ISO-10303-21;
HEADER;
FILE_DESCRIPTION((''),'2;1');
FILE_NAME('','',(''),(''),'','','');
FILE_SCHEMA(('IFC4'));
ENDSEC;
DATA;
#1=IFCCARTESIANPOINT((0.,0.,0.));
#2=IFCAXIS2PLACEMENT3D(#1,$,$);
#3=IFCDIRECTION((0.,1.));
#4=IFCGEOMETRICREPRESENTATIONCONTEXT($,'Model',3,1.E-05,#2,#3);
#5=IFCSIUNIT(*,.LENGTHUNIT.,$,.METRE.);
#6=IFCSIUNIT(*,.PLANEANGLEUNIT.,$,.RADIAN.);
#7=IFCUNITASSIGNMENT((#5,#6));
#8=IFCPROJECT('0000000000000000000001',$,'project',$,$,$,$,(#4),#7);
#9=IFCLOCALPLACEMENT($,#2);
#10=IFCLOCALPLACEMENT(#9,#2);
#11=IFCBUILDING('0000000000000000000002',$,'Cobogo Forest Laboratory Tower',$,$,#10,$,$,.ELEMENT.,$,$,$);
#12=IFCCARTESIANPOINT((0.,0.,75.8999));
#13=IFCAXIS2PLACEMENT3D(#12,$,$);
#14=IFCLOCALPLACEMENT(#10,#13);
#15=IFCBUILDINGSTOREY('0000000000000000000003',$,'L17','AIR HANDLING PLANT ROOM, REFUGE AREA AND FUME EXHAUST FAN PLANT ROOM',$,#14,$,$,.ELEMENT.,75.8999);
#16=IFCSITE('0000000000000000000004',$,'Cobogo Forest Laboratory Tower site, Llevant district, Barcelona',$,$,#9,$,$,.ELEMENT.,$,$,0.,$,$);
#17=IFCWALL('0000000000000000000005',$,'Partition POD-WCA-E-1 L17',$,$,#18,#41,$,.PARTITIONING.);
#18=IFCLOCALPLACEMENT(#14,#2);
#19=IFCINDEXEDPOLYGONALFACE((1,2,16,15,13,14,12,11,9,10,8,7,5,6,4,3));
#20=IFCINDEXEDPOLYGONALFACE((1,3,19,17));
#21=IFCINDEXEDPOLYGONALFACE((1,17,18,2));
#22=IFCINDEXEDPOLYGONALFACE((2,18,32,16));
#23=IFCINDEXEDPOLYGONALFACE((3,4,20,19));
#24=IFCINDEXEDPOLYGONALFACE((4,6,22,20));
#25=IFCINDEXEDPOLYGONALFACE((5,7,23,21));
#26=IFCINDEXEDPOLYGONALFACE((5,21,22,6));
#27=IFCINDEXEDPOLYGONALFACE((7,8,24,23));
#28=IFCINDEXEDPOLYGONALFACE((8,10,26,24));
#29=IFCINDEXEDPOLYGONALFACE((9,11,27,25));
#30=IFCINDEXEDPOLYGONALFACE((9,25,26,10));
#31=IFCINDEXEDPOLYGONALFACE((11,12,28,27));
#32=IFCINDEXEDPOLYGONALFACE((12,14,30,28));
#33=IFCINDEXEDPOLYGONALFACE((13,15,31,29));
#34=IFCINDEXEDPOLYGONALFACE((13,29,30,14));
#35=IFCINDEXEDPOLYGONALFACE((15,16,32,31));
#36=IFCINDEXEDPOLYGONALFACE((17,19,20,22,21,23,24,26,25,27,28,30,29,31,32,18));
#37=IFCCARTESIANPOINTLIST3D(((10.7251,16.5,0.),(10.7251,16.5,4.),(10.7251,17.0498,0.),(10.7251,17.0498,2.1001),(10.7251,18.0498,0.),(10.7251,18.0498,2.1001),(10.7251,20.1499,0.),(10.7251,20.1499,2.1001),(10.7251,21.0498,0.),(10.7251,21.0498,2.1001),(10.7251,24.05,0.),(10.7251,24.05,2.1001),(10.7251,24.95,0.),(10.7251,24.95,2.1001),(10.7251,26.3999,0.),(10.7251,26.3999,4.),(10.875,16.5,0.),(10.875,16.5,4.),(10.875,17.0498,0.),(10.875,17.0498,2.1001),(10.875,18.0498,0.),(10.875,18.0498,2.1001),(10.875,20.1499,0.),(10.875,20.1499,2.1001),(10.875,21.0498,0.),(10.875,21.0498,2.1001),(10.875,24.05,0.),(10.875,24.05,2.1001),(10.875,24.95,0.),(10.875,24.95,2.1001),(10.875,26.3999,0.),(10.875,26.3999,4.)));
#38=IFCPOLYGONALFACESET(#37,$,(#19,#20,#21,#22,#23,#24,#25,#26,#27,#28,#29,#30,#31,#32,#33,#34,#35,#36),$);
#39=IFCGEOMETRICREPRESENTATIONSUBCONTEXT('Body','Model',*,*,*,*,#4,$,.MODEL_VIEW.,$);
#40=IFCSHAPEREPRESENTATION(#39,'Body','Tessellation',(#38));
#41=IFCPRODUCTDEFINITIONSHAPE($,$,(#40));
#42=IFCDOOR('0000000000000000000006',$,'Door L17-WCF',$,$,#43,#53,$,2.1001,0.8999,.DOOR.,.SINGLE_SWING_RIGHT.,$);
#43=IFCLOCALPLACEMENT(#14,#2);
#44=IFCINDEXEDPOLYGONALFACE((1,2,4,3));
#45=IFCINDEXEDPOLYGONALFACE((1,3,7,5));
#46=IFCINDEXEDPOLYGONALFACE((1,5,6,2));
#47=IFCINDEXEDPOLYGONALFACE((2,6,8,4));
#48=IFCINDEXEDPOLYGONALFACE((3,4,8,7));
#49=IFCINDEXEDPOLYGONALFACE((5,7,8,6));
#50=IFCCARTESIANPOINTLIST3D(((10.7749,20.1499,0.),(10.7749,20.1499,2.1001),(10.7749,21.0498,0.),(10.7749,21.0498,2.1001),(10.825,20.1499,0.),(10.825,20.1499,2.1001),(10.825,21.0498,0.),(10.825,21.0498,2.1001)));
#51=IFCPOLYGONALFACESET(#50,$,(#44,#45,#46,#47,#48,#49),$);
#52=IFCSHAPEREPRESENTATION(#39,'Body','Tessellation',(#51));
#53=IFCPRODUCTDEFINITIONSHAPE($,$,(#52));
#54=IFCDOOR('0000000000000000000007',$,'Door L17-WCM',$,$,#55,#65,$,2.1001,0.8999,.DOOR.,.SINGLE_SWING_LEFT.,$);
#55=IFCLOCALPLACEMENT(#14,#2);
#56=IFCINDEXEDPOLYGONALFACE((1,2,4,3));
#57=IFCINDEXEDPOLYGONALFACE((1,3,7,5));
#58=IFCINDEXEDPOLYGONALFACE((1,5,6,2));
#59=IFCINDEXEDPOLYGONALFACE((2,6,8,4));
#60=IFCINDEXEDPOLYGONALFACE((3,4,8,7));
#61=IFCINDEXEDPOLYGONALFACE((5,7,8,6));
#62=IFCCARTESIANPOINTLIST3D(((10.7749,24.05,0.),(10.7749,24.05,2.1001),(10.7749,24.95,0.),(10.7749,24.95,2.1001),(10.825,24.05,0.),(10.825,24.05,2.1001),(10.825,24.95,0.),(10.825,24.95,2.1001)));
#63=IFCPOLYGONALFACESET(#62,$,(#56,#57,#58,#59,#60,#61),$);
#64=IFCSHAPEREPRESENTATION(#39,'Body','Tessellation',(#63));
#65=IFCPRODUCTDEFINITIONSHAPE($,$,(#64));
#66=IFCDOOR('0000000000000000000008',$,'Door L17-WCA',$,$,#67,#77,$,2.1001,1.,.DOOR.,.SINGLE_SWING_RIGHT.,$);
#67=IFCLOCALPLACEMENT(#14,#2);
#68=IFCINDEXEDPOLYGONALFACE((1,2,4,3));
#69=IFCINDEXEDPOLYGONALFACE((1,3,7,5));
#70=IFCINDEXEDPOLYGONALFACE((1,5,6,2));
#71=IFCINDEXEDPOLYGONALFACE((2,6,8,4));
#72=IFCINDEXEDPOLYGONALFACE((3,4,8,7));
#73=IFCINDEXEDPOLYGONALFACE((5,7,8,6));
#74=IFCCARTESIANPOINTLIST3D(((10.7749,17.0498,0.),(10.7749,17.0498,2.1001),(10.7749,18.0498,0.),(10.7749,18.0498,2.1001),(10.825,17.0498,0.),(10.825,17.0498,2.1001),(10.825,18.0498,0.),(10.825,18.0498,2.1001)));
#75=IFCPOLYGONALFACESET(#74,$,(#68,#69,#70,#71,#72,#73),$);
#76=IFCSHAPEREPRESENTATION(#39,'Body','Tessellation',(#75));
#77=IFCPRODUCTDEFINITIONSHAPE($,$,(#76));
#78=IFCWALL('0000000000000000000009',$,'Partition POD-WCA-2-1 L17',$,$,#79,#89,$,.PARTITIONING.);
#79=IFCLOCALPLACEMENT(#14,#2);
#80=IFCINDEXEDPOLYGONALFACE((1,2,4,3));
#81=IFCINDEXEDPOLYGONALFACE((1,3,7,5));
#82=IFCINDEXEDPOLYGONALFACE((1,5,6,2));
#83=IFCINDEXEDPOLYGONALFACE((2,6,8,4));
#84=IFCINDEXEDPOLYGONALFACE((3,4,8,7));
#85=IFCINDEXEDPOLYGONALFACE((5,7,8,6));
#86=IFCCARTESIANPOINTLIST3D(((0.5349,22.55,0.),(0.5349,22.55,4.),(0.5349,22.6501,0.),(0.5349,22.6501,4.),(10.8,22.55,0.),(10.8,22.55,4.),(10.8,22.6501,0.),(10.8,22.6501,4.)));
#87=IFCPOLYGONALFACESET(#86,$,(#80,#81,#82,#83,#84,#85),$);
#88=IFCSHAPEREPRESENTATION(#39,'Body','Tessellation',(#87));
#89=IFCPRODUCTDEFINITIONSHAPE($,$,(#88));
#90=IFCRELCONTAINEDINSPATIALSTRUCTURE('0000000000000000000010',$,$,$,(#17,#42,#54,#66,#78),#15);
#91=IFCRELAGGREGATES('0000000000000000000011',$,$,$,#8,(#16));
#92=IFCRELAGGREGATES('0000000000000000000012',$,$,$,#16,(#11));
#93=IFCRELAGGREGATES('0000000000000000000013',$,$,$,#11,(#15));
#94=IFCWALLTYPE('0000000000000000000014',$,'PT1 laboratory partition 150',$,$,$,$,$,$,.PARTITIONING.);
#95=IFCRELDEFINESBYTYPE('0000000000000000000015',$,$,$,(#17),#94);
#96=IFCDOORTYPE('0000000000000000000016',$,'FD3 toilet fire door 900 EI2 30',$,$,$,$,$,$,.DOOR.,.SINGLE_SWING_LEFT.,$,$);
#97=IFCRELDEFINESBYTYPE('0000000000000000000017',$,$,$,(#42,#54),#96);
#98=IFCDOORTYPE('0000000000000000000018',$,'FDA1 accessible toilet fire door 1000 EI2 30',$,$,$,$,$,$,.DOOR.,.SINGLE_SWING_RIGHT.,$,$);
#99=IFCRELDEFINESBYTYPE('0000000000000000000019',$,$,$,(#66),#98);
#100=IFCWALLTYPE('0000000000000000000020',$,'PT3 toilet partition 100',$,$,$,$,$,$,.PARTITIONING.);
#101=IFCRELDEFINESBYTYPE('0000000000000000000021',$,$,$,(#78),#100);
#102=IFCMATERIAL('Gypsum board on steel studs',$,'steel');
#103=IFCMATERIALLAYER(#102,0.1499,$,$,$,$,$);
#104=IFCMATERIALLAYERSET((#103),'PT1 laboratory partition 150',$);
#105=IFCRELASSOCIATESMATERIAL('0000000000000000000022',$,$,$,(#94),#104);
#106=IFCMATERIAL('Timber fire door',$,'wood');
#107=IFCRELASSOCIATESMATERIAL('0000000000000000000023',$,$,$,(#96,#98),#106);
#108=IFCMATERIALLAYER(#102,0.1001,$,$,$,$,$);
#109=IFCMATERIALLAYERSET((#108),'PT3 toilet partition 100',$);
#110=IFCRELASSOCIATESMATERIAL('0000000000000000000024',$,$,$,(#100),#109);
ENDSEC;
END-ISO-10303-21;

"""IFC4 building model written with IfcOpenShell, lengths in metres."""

from ifc_helpers import new_model, si_unit, direction, frame, frame_2d, origin, place, context, subcontext, project, spatial, rectangle, extrude, material, layer, layer_set, type_object, element, fill, save


model = new_model("IFC4")

# Units and contexts
model_context = context("Model", 3, precision=1e-05, world=origin(), true_north=direction((0.0, 1.0)))
body_context = subcontext(model_context, "Body", "Model", "MODEL_VIEW")
ifc_project = project(units=[si_unit("LENGTHUNIT", "METRE"), si_unit("PLANEANGLEUNIT", "RADIAN")], contexts=[model_context])

# Site, building, storey
site_placement = place(None, origin())
site = spatial("IfcSite", under=ifc_project, at=site_placement, Name="Cobogo Forest Laboratory Tower site, Llevant district, Barcelona", CompositionType="ELEMENT", RefElevation=0.0)
building_placement = place(site_placement, origin())
building = spatial("IfcBuilding", under=site, at=building_placement, Name="Cobogo Forest Laboratory Tower", CompositionType="ELEMENT")
storey_placement = place(building_placement, frame((0.0, 0.0, 75.8999)))
storey = spatial("IfcBuildingStorey", under=building, at=storey_placement, Name="L17", Description="AIR HANDLING PLANT ROOM, REFUGE AREA AND FUME EXHAUST FAN PLANT ROOM", CompositionType="ELEMENT", Elevation=75.8999)

# Shared definitions
ifc_material_1 = material(Name="Gypsum board on steel studs", Category="steel")
ifc_layer_1 = layer(ifc_material_1, 0.1499)
ifc_layer_set_1 = layer_set([ifc_layer_1], Name="PT1 laboratory partition 150")
wall_type_1 = type_object("IfcWallType", Name="PT1 laboratory partition 150", PredefinedType="PARTITIONING", material=ifc_layer_set_1)

# Wall, openings, doors
wall_1_placement = place(storey_placement, frame((10.8, 26.3999, 0.0), z_axis=(0.0, 0.0, 1.0), x_axis=(0.0, -1.0, 0.0)))
wall_1 = element("IfcWall", 1, at=wall_1_placement, inside=storey, type_object=wall_type_1, Name="Partition POD-WCA-E-1 L17", PredefinedType="PARTITIONING", context=body_context, shape_type="SweptSolid", body=[
    extrude(rectangle(XDim=9.8999, YDim=0.1499, at=frame_2d((4.95, 0.0))), origin(), (0.0, 0.0, 1.0), 4.0),
])
opening_1_placement = place(wall_1_placement, frame((8.3501, 0.0, 0.0)))
opening_1 = element("IfcOpeningElement", 2, at=opening_1_placement, cuts=wall_1, PredefinedType="OPENING", context=body_context, shape_type="SweptSolid", body=[
    extrude(rectangle(XDim=1.0, YDim=2.1001, at=frame_2d((0.5, 1.05))), frame((0.0, 0.085, 0.0), z_axis=(0.0, -1.0, 0.0), x_axis=(1.0, 0.0, 0.0)), (0.0, 0.0, 1.0), 0.1699),
])
opening_2_placement = place(wall_1_placement, frame((5.3501, 0.0, 0.0)))
opening_2 = element("IfcOpeningElement", 3, at=opening_2_placement, cuts=wall_1, PredefinedType="OPENING", context=body_context, shape_type="SweptSolid", body=[
    extrude(rectangle(XDim=0.8999, YDim=2.1001, at=frame_2d((0.45, 1.05))), frame((0.0, 0.085, 0.0), z_axis=(0.0, -1.0, 0.0), x_axis=(1.0, 0.0, 0.0)), (0.0, 0.0, 1.0), 0.1699),
])
opening_3_placement = place(wall_1_placement, frame((1.45, 0.0, 0.0)))
opening_3 = element("IfcOpeningElement", 4, at=opening_3_placement, cuts=wall_1, PredefinedType="OPENING", context=body_context, shape_type="SweptSolid", body=[
    extrude(rectangle(XDim=0.8999, YDim=2.1001, at=frame_2d((0.45, 1.05))), frame((0.0, 0.085, 0.0), z_axis=(0.0, -1.0, 0.0), x_axis=(1.0, 0.0, 0.0)), (0.0, 0.0, 1.0), 0.1699),
])
ifc_material_2 = material(Name="Timber fire door", Category="wood")
door_type_1 = type_object("IfcDoorType", Name="FD3 toilet fire door 900 EI2 30", OperationType="SINGLE_SWING_LEFT", PredefinedType="DOOR", material=ifc_material_2)
door_1_placement = place(opening_2_placement, origin())
door_1 = element("IfcDoor", 5, at=door_1_placement, inside=storey, type_object=door_type_1, Name="Door L17-WCF", OperationType="SINGLE_SWING_RIGHT", OverallHeight=2.1001, OverallWidth=0.8999, PredefinedType="DOOR", context=body_context, shape_type="SweptSolid", body=[
    extrude(rectangle(XDim=0.8999, YDim=2.1001, at=frame_2d((0.45, 1.05))), frame((0.0, 0.0249, 0.0), z_axis=(0.0, -1.0, 0.0), x_axis=(1.0, 0.0, 0.0)), (0.0, 0.0, 1.0), 0.05),
])
fill(opening_2, door_1)
door_2_placement = place(opening_3_placement, origin())
door_2 = element("IfcDoor", 6, at=door_2_placement, inside=storey, type_object=door_type_1, Name="Door L17-WCM", OperationType="SINGLE_SWING_LEFT", OverallHeight=2.1001, OverallWidth=0.8999, PredefinedType="DOOR", context=body_context, shape_type="SweptSolid", body=[
    extrude(rectangle(XDim=0.8999, YDim=2.1001, at=frame_2d((0.45, 1.05))), frame((0.0, 0.0249, 0.0), z_axis=(0.0, -1.0, 0.0), x_axis=(1.0, 0.0, 0.0)), (0.0, 0.0, 1.0), 0.05),
])
fill(opening_3, door_2)
door_type_2 = type_object("IfcDoorType", Name="FDA1 accessible toilet fire door 1000 EI2 30", OperationType="SINGLE_SWING_RIGHT", PredefinedType="DOOR", material=ifc_material_2)
door_3_placement = place(opening_1_placement, origin())
door_3 = element("IfcDoor", 7, at=door_3_placement, inside=storey, type_object=door_type_2, Name="Door L17-WCA", OperationType="SINGLE_SWING_RIGHT", OverallHeight=2.1001, OverallWidth=1.0, PredefinedType="DOOR", context=body_context, shape_type="SweptSolid", body=[
    extrude(rectangle(XDim=1.0, YDim=2.1001, at=frame_2d((0.5, 1.05))), frame((0.0, 0.0249, 0.0), z_axis=(0.0, -1.0, 0.0), x_axis=(1.0, 0.0, 0.0)), (0.0, 0.0, 1.0), 0.05),
])
fill(opening_1, door_3)

# Wall
ifc_layer_2 = layer(ifc_material_1, 0.1001)
ifc_layer_set_2 = layer_set([ifc_layer_2], Name="PT3 toilet partition 100")
wall_type_2 = type_object("IfcWallType", Name="PT3 toilet partition 100", PredefinedType="PARTITIONING", material=ifc_layer_set_2)
wall_2_placement = place(storey_placement, frame((0.5349, 22.6001, 0.0), z_axis=(0.0, 0.0, 1.0), x_axis=(1.0, 0.0, 0.0)))
element("IfcWall", 8, at=wall_2_placement, inside=storey, type_object=wall_type_2, Name="Partition POD-WCA-2-1 L17", PredefinedType="PARTITIONING", context=body_context, shape_type="SweptSolid", body=[
    extrude(rectangle(XDim=10.2651, YDim=0.1001, at=frame_2d((5.1326, 0.0))), origin(), (0.0, 0.0, 1.0), 4.0),
])

save(model, "model.ifc")
